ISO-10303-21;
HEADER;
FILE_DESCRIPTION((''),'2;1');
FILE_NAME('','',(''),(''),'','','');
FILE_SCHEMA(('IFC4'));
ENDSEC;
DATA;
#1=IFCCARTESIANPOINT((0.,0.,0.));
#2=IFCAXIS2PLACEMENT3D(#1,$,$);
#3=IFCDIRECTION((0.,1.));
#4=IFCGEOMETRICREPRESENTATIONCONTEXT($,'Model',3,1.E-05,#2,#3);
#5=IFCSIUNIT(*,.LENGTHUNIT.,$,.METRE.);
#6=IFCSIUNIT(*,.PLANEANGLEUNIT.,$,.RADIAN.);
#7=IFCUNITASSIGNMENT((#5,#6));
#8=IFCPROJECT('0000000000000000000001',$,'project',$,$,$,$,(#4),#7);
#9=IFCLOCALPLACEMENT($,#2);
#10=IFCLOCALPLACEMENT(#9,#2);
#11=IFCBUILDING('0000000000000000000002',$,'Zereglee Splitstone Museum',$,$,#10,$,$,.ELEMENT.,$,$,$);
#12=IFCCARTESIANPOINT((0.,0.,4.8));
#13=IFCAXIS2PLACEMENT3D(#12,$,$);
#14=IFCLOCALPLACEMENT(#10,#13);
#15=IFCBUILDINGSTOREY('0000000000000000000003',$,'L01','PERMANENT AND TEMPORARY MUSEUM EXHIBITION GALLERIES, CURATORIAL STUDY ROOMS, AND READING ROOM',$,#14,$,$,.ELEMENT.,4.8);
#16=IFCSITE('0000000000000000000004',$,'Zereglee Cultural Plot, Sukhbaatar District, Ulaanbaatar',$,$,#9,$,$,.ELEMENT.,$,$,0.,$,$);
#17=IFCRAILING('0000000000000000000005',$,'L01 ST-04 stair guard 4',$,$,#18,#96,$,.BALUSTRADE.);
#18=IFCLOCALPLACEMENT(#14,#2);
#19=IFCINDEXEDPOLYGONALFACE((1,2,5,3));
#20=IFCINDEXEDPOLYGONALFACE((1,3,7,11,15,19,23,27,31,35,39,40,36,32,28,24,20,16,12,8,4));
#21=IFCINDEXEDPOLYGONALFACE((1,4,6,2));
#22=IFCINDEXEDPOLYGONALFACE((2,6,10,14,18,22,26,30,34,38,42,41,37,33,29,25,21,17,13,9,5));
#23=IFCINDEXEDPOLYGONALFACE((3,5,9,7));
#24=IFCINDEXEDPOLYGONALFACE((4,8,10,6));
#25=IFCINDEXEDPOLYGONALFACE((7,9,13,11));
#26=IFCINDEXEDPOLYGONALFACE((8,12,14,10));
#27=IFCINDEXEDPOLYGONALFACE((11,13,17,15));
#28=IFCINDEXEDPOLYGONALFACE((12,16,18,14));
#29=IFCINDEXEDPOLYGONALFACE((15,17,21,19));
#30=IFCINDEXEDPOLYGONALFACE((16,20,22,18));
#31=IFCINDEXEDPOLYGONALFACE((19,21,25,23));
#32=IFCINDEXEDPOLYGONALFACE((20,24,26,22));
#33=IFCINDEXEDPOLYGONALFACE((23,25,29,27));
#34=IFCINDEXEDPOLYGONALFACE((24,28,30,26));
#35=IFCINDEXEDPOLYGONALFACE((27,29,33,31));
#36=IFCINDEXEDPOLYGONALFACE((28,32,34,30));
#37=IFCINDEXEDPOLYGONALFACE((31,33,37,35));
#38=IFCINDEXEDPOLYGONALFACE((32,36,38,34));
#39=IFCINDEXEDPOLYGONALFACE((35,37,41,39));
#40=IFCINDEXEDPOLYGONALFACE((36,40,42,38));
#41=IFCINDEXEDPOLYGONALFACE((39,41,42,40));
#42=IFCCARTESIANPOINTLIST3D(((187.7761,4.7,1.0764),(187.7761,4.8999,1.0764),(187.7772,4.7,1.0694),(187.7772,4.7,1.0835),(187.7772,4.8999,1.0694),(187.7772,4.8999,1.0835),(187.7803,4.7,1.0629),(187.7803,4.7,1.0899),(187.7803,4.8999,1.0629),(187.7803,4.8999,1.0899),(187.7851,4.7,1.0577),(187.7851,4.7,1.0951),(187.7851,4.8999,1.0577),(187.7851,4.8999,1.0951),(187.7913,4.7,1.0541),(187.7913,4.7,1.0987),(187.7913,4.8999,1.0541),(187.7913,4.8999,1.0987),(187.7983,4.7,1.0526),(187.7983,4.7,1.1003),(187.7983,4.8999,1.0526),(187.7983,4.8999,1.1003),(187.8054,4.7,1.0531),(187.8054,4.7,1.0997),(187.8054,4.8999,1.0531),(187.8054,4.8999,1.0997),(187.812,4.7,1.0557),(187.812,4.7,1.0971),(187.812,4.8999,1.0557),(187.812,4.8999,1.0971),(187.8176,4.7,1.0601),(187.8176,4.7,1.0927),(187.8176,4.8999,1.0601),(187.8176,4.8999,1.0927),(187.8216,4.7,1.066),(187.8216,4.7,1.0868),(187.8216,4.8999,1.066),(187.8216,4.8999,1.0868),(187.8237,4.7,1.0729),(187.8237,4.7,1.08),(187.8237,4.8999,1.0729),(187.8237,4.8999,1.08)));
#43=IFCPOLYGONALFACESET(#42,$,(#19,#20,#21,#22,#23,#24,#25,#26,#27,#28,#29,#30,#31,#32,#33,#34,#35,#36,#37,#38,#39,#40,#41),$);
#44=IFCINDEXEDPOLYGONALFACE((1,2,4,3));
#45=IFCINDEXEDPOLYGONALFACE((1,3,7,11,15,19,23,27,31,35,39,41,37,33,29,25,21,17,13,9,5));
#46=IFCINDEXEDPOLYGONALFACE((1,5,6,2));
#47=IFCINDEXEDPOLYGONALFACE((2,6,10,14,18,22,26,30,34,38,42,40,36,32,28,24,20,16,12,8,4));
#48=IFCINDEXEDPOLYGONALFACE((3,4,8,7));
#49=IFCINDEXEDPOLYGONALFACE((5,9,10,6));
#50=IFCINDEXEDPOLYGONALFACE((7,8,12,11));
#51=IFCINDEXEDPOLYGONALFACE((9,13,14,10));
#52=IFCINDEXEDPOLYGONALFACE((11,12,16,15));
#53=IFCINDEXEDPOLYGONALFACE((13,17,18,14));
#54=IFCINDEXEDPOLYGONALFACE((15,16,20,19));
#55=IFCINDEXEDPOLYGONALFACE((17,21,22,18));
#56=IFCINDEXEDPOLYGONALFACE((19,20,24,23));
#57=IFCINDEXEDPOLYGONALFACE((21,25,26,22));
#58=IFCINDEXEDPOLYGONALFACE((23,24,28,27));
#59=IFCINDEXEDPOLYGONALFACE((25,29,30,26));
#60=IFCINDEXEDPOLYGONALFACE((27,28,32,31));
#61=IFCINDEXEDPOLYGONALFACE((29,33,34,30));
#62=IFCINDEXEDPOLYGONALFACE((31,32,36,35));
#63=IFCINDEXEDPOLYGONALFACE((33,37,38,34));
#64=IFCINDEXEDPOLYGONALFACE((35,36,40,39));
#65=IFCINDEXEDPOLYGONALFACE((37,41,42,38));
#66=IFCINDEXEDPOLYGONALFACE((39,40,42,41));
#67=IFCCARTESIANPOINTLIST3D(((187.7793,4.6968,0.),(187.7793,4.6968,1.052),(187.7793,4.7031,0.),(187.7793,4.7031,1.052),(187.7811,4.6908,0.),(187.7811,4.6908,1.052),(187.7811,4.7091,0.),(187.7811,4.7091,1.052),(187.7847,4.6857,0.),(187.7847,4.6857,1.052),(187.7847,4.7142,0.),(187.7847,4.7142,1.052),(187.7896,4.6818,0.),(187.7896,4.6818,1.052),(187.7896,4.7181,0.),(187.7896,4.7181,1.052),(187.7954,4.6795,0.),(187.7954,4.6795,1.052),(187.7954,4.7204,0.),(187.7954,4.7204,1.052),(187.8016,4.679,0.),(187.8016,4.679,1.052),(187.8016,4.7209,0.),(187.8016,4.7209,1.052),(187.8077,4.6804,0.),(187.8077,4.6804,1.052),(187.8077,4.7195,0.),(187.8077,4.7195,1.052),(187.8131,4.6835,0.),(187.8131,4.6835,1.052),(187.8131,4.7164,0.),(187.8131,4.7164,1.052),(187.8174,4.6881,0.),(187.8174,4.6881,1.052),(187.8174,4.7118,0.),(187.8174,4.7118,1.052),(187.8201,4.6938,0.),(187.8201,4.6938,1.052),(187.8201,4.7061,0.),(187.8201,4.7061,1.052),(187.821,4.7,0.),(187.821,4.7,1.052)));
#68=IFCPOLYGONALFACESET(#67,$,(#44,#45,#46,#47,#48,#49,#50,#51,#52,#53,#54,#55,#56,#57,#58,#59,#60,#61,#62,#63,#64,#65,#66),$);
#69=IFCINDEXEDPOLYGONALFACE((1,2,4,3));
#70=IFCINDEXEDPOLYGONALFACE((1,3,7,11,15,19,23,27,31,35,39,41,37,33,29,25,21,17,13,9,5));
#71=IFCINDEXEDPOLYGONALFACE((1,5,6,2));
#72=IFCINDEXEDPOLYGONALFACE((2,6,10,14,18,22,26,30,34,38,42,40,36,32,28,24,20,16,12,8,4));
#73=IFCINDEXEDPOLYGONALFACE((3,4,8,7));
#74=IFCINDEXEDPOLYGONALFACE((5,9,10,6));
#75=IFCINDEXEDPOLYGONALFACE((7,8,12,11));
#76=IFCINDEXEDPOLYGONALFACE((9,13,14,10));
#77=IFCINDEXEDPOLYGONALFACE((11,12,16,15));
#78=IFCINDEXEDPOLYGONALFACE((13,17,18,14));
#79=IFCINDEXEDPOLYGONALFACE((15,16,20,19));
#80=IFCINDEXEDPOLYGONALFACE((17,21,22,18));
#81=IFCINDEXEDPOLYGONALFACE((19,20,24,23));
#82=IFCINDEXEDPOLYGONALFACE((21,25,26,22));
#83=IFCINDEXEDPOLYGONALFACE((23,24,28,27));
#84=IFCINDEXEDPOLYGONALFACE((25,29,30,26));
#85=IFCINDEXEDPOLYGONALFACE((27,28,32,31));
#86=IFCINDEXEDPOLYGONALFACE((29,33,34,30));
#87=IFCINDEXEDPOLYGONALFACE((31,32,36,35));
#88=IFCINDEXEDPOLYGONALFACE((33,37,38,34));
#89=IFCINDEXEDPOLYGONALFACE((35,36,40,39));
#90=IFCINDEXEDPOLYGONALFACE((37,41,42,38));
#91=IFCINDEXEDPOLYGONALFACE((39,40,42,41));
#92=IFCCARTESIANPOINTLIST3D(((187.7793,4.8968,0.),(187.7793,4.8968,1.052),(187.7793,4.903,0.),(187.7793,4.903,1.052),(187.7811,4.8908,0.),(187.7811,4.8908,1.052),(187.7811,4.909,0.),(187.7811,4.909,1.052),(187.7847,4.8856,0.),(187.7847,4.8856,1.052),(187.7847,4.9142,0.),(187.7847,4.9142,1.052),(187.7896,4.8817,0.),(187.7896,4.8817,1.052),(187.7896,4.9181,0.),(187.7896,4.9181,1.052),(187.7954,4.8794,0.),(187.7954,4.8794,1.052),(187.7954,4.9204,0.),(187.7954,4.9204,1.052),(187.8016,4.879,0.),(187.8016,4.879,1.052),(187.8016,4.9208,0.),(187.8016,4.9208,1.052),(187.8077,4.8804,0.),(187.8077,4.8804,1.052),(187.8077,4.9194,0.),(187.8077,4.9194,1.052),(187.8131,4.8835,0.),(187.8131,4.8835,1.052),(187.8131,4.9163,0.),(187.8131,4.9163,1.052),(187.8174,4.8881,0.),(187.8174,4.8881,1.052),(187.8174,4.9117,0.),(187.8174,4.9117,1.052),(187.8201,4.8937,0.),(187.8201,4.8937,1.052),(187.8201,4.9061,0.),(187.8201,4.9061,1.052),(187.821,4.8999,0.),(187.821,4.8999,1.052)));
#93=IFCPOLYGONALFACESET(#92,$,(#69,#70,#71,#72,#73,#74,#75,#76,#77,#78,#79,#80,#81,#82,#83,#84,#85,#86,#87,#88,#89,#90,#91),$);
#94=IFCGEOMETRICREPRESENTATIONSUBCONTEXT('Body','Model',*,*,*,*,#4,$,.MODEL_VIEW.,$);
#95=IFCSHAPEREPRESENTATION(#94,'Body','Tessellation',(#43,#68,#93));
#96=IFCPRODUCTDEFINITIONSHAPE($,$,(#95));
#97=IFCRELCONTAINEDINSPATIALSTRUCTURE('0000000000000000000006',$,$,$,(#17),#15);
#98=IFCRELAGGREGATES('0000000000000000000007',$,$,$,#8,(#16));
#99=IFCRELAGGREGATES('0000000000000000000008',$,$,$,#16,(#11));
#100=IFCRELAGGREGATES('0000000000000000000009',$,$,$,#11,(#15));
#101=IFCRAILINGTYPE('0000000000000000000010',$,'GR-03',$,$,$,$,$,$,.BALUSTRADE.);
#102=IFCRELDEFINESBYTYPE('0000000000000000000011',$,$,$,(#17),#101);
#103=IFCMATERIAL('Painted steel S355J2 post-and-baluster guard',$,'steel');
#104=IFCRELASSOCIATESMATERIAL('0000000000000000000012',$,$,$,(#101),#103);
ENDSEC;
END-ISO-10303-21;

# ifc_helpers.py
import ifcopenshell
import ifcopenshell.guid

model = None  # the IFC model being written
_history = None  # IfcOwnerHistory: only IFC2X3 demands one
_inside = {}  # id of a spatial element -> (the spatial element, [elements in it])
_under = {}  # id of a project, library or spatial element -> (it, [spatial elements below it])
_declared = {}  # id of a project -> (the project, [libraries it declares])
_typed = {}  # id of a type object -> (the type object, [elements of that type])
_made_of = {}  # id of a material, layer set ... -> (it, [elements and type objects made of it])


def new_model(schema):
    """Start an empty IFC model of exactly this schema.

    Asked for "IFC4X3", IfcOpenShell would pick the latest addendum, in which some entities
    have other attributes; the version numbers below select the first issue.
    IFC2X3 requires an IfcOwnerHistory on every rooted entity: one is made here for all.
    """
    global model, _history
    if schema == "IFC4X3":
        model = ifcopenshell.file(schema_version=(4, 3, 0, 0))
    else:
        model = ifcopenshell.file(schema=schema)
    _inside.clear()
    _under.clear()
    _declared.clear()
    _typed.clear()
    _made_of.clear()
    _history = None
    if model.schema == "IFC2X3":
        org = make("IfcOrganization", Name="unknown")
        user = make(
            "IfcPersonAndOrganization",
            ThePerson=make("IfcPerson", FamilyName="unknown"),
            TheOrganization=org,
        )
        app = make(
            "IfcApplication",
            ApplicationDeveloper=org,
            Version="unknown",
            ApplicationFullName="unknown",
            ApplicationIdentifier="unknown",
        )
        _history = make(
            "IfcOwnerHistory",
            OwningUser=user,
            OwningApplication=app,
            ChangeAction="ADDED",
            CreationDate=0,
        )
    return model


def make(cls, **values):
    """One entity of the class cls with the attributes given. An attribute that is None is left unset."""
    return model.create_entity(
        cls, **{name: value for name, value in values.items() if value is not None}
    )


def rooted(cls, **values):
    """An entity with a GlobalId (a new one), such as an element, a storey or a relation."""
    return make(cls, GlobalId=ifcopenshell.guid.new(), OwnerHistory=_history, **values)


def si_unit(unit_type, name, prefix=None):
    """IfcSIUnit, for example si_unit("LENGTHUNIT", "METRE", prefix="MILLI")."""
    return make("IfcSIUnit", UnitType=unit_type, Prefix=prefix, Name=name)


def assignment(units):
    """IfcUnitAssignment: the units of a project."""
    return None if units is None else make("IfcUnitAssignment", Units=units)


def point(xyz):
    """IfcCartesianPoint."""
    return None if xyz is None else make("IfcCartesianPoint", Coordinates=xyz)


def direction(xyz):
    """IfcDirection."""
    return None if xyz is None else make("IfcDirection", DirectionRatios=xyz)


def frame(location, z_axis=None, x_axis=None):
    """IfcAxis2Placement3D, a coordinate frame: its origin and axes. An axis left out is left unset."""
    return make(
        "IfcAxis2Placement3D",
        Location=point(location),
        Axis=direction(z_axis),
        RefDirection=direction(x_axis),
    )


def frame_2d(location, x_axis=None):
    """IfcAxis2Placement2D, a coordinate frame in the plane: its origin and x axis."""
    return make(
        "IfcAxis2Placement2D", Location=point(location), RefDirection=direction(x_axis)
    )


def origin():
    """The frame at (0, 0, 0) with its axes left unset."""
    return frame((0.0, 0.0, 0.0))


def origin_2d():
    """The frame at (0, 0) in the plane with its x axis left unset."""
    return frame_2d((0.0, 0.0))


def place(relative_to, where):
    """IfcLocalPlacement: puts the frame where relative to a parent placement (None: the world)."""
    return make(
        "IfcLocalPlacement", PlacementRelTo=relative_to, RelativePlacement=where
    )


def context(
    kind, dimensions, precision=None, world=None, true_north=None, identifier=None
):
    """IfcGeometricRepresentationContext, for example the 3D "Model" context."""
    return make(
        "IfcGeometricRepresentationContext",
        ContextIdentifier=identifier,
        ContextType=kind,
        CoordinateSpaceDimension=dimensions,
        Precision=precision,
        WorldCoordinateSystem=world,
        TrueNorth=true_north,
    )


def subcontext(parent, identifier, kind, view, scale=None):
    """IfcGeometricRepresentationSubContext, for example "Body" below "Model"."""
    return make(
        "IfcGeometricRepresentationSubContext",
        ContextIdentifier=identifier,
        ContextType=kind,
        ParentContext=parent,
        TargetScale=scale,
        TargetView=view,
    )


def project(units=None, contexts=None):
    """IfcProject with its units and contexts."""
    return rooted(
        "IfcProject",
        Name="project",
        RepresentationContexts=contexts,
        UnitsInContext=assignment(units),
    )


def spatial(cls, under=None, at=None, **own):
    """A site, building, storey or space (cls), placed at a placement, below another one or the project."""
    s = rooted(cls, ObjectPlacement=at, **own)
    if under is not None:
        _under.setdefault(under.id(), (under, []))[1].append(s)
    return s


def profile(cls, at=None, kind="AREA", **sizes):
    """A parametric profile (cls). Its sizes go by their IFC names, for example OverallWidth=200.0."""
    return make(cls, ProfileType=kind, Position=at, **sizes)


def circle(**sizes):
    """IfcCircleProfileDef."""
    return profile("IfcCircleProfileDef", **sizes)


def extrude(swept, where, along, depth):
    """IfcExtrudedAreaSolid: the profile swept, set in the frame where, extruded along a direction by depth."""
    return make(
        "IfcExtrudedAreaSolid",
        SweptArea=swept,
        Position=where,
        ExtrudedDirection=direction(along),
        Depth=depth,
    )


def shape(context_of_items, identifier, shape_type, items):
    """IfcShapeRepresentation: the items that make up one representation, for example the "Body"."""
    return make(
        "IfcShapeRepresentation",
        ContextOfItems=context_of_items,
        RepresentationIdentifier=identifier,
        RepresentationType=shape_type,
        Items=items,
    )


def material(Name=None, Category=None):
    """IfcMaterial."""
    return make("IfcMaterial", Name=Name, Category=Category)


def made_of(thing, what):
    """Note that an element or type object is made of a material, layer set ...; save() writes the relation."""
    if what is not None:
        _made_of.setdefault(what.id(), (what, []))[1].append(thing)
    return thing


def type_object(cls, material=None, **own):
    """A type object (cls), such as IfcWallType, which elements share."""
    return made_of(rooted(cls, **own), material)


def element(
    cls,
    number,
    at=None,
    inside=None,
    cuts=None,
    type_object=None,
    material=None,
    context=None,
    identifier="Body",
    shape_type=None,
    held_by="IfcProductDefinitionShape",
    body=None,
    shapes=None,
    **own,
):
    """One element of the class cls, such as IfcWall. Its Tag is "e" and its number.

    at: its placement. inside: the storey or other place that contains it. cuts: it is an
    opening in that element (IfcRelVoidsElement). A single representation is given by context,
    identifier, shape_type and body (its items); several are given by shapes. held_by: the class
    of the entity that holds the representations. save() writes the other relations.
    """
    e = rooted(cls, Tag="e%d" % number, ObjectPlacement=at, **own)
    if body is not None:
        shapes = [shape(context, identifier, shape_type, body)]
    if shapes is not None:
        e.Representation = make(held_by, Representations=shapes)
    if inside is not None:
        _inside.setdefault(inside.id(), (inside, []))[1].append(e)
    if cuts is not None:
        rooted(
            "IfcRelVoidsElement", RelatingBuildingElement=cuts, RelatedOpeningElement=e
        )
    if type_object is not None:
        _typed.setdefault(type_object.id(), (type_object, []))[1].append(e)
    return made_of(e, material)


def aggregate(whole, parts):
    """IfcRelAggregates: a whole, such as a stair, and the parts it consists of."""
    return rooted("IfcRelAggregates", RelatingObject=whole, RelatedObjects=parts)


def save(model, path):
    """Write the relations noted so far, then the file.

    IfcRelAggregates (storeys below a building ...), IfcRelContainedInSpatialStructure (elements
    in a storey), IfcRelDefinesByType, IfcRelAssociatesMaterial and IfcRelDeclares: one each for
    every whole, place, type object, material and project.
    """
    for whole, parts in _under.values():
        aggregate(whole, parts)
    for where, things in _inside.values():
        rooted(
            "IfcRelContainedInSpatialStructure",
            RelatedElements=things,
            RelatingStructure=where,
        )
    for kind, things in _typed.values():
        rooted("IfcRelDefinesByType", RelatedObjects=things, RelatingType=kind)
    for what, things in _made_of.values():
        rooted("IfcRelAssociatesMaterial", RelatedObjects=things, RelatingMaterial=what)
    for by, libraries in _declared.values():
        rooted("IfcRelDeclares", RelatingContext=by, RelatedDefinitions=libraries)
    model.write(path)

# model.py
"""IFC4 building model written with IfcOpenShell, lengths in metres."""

from ifc_helpers import new_model, si_unit, direction, frame, origin, origin_2d, place, context, subcontext, project, spatial, circle, extrude, material, type_object, element, save


model = new_model("IFC4")

# Units and contexts
model_context = context("Model", 3, precision=1e-05, world=origin(), true_north=direction((0.0, 1.0)))
body_context = subcontext(model_context, "Body", "Model", "MODEL_VIEW")
ifc_project = project(units=[si_unit("LENGTHUNIT", "METRE"), si_unit("PLANEANGLEUNIT", "RADIAN")], contexts=[model_context])

# Site, building, storey
site_placement = place(None, origin())
site = spatial("IfcSite", under=ifc_project, at=site_placement, Name="Zereglee Cultural Plot, Sukhbaatar District, Ulaanbaatar", CompositionType="ELEMENT", RefElevation=0.0)
building_placement = place(site_placement, origin())
building = spatial("IfcBuilding", under=site, at=building_placement, Name="Zereglee Splitstone Museum", CompositionType="ELEMENT")
storey_placement = place(building_placement, frame((0.0, 0.0, 4.8)))
storey = spatial("IfcBuildingStorey", under=building, at=storey_placement, Name="L01", Description="PERMANENT AND TEMPORARY MUSEUM EXHIBITION GALLERIES, CURATORIAL STUDY ROOMS, AND READING ROOM", CompositionType="ELEMENT", Elevation=4.8)

# Railing
ifc_material_1 = material(Name="Painted steel S355J2 post-and-baluster guard", Category="steel")
railing_type_1 = type_object("IfcRailingType", Name="GR-03", PredefinedType="BALUSTRADE", material=ifc_material_1)
railing_1_placement = place(storey_placement, frame((187.8, 4.7, 0.0)))
element("IfcRailing", 1, at=railing_1_placement, inside=storey, type_object=railing_type_1, Name="L01 ST-04 stair guard 4", PredefinedType="BALUSTRADE", context=body_context, shape_type="SweptSolid", body=[
    extrude(circle(Radius=0.0239, at=origin_2d()), frame((0.0, 0.0, 1.0764), z_axis=(0.0, 1.0, 0.0), x_axis=(-1.0, 0.0, 0.0)), (0.0, 0.0, 1.0), 0.2),
    extrude(circle(Radius=0.021, at=origin_2d()), origin(), (0.0, 0.0, 1.0), 1.052),
    extrude(circle(Radius=0.021, at=origin_2d()), frame((0.0, 0.2, 0.0)), (0.0, 0.0, 1.0), 1.052),
])

save(model, "model.ifc")
